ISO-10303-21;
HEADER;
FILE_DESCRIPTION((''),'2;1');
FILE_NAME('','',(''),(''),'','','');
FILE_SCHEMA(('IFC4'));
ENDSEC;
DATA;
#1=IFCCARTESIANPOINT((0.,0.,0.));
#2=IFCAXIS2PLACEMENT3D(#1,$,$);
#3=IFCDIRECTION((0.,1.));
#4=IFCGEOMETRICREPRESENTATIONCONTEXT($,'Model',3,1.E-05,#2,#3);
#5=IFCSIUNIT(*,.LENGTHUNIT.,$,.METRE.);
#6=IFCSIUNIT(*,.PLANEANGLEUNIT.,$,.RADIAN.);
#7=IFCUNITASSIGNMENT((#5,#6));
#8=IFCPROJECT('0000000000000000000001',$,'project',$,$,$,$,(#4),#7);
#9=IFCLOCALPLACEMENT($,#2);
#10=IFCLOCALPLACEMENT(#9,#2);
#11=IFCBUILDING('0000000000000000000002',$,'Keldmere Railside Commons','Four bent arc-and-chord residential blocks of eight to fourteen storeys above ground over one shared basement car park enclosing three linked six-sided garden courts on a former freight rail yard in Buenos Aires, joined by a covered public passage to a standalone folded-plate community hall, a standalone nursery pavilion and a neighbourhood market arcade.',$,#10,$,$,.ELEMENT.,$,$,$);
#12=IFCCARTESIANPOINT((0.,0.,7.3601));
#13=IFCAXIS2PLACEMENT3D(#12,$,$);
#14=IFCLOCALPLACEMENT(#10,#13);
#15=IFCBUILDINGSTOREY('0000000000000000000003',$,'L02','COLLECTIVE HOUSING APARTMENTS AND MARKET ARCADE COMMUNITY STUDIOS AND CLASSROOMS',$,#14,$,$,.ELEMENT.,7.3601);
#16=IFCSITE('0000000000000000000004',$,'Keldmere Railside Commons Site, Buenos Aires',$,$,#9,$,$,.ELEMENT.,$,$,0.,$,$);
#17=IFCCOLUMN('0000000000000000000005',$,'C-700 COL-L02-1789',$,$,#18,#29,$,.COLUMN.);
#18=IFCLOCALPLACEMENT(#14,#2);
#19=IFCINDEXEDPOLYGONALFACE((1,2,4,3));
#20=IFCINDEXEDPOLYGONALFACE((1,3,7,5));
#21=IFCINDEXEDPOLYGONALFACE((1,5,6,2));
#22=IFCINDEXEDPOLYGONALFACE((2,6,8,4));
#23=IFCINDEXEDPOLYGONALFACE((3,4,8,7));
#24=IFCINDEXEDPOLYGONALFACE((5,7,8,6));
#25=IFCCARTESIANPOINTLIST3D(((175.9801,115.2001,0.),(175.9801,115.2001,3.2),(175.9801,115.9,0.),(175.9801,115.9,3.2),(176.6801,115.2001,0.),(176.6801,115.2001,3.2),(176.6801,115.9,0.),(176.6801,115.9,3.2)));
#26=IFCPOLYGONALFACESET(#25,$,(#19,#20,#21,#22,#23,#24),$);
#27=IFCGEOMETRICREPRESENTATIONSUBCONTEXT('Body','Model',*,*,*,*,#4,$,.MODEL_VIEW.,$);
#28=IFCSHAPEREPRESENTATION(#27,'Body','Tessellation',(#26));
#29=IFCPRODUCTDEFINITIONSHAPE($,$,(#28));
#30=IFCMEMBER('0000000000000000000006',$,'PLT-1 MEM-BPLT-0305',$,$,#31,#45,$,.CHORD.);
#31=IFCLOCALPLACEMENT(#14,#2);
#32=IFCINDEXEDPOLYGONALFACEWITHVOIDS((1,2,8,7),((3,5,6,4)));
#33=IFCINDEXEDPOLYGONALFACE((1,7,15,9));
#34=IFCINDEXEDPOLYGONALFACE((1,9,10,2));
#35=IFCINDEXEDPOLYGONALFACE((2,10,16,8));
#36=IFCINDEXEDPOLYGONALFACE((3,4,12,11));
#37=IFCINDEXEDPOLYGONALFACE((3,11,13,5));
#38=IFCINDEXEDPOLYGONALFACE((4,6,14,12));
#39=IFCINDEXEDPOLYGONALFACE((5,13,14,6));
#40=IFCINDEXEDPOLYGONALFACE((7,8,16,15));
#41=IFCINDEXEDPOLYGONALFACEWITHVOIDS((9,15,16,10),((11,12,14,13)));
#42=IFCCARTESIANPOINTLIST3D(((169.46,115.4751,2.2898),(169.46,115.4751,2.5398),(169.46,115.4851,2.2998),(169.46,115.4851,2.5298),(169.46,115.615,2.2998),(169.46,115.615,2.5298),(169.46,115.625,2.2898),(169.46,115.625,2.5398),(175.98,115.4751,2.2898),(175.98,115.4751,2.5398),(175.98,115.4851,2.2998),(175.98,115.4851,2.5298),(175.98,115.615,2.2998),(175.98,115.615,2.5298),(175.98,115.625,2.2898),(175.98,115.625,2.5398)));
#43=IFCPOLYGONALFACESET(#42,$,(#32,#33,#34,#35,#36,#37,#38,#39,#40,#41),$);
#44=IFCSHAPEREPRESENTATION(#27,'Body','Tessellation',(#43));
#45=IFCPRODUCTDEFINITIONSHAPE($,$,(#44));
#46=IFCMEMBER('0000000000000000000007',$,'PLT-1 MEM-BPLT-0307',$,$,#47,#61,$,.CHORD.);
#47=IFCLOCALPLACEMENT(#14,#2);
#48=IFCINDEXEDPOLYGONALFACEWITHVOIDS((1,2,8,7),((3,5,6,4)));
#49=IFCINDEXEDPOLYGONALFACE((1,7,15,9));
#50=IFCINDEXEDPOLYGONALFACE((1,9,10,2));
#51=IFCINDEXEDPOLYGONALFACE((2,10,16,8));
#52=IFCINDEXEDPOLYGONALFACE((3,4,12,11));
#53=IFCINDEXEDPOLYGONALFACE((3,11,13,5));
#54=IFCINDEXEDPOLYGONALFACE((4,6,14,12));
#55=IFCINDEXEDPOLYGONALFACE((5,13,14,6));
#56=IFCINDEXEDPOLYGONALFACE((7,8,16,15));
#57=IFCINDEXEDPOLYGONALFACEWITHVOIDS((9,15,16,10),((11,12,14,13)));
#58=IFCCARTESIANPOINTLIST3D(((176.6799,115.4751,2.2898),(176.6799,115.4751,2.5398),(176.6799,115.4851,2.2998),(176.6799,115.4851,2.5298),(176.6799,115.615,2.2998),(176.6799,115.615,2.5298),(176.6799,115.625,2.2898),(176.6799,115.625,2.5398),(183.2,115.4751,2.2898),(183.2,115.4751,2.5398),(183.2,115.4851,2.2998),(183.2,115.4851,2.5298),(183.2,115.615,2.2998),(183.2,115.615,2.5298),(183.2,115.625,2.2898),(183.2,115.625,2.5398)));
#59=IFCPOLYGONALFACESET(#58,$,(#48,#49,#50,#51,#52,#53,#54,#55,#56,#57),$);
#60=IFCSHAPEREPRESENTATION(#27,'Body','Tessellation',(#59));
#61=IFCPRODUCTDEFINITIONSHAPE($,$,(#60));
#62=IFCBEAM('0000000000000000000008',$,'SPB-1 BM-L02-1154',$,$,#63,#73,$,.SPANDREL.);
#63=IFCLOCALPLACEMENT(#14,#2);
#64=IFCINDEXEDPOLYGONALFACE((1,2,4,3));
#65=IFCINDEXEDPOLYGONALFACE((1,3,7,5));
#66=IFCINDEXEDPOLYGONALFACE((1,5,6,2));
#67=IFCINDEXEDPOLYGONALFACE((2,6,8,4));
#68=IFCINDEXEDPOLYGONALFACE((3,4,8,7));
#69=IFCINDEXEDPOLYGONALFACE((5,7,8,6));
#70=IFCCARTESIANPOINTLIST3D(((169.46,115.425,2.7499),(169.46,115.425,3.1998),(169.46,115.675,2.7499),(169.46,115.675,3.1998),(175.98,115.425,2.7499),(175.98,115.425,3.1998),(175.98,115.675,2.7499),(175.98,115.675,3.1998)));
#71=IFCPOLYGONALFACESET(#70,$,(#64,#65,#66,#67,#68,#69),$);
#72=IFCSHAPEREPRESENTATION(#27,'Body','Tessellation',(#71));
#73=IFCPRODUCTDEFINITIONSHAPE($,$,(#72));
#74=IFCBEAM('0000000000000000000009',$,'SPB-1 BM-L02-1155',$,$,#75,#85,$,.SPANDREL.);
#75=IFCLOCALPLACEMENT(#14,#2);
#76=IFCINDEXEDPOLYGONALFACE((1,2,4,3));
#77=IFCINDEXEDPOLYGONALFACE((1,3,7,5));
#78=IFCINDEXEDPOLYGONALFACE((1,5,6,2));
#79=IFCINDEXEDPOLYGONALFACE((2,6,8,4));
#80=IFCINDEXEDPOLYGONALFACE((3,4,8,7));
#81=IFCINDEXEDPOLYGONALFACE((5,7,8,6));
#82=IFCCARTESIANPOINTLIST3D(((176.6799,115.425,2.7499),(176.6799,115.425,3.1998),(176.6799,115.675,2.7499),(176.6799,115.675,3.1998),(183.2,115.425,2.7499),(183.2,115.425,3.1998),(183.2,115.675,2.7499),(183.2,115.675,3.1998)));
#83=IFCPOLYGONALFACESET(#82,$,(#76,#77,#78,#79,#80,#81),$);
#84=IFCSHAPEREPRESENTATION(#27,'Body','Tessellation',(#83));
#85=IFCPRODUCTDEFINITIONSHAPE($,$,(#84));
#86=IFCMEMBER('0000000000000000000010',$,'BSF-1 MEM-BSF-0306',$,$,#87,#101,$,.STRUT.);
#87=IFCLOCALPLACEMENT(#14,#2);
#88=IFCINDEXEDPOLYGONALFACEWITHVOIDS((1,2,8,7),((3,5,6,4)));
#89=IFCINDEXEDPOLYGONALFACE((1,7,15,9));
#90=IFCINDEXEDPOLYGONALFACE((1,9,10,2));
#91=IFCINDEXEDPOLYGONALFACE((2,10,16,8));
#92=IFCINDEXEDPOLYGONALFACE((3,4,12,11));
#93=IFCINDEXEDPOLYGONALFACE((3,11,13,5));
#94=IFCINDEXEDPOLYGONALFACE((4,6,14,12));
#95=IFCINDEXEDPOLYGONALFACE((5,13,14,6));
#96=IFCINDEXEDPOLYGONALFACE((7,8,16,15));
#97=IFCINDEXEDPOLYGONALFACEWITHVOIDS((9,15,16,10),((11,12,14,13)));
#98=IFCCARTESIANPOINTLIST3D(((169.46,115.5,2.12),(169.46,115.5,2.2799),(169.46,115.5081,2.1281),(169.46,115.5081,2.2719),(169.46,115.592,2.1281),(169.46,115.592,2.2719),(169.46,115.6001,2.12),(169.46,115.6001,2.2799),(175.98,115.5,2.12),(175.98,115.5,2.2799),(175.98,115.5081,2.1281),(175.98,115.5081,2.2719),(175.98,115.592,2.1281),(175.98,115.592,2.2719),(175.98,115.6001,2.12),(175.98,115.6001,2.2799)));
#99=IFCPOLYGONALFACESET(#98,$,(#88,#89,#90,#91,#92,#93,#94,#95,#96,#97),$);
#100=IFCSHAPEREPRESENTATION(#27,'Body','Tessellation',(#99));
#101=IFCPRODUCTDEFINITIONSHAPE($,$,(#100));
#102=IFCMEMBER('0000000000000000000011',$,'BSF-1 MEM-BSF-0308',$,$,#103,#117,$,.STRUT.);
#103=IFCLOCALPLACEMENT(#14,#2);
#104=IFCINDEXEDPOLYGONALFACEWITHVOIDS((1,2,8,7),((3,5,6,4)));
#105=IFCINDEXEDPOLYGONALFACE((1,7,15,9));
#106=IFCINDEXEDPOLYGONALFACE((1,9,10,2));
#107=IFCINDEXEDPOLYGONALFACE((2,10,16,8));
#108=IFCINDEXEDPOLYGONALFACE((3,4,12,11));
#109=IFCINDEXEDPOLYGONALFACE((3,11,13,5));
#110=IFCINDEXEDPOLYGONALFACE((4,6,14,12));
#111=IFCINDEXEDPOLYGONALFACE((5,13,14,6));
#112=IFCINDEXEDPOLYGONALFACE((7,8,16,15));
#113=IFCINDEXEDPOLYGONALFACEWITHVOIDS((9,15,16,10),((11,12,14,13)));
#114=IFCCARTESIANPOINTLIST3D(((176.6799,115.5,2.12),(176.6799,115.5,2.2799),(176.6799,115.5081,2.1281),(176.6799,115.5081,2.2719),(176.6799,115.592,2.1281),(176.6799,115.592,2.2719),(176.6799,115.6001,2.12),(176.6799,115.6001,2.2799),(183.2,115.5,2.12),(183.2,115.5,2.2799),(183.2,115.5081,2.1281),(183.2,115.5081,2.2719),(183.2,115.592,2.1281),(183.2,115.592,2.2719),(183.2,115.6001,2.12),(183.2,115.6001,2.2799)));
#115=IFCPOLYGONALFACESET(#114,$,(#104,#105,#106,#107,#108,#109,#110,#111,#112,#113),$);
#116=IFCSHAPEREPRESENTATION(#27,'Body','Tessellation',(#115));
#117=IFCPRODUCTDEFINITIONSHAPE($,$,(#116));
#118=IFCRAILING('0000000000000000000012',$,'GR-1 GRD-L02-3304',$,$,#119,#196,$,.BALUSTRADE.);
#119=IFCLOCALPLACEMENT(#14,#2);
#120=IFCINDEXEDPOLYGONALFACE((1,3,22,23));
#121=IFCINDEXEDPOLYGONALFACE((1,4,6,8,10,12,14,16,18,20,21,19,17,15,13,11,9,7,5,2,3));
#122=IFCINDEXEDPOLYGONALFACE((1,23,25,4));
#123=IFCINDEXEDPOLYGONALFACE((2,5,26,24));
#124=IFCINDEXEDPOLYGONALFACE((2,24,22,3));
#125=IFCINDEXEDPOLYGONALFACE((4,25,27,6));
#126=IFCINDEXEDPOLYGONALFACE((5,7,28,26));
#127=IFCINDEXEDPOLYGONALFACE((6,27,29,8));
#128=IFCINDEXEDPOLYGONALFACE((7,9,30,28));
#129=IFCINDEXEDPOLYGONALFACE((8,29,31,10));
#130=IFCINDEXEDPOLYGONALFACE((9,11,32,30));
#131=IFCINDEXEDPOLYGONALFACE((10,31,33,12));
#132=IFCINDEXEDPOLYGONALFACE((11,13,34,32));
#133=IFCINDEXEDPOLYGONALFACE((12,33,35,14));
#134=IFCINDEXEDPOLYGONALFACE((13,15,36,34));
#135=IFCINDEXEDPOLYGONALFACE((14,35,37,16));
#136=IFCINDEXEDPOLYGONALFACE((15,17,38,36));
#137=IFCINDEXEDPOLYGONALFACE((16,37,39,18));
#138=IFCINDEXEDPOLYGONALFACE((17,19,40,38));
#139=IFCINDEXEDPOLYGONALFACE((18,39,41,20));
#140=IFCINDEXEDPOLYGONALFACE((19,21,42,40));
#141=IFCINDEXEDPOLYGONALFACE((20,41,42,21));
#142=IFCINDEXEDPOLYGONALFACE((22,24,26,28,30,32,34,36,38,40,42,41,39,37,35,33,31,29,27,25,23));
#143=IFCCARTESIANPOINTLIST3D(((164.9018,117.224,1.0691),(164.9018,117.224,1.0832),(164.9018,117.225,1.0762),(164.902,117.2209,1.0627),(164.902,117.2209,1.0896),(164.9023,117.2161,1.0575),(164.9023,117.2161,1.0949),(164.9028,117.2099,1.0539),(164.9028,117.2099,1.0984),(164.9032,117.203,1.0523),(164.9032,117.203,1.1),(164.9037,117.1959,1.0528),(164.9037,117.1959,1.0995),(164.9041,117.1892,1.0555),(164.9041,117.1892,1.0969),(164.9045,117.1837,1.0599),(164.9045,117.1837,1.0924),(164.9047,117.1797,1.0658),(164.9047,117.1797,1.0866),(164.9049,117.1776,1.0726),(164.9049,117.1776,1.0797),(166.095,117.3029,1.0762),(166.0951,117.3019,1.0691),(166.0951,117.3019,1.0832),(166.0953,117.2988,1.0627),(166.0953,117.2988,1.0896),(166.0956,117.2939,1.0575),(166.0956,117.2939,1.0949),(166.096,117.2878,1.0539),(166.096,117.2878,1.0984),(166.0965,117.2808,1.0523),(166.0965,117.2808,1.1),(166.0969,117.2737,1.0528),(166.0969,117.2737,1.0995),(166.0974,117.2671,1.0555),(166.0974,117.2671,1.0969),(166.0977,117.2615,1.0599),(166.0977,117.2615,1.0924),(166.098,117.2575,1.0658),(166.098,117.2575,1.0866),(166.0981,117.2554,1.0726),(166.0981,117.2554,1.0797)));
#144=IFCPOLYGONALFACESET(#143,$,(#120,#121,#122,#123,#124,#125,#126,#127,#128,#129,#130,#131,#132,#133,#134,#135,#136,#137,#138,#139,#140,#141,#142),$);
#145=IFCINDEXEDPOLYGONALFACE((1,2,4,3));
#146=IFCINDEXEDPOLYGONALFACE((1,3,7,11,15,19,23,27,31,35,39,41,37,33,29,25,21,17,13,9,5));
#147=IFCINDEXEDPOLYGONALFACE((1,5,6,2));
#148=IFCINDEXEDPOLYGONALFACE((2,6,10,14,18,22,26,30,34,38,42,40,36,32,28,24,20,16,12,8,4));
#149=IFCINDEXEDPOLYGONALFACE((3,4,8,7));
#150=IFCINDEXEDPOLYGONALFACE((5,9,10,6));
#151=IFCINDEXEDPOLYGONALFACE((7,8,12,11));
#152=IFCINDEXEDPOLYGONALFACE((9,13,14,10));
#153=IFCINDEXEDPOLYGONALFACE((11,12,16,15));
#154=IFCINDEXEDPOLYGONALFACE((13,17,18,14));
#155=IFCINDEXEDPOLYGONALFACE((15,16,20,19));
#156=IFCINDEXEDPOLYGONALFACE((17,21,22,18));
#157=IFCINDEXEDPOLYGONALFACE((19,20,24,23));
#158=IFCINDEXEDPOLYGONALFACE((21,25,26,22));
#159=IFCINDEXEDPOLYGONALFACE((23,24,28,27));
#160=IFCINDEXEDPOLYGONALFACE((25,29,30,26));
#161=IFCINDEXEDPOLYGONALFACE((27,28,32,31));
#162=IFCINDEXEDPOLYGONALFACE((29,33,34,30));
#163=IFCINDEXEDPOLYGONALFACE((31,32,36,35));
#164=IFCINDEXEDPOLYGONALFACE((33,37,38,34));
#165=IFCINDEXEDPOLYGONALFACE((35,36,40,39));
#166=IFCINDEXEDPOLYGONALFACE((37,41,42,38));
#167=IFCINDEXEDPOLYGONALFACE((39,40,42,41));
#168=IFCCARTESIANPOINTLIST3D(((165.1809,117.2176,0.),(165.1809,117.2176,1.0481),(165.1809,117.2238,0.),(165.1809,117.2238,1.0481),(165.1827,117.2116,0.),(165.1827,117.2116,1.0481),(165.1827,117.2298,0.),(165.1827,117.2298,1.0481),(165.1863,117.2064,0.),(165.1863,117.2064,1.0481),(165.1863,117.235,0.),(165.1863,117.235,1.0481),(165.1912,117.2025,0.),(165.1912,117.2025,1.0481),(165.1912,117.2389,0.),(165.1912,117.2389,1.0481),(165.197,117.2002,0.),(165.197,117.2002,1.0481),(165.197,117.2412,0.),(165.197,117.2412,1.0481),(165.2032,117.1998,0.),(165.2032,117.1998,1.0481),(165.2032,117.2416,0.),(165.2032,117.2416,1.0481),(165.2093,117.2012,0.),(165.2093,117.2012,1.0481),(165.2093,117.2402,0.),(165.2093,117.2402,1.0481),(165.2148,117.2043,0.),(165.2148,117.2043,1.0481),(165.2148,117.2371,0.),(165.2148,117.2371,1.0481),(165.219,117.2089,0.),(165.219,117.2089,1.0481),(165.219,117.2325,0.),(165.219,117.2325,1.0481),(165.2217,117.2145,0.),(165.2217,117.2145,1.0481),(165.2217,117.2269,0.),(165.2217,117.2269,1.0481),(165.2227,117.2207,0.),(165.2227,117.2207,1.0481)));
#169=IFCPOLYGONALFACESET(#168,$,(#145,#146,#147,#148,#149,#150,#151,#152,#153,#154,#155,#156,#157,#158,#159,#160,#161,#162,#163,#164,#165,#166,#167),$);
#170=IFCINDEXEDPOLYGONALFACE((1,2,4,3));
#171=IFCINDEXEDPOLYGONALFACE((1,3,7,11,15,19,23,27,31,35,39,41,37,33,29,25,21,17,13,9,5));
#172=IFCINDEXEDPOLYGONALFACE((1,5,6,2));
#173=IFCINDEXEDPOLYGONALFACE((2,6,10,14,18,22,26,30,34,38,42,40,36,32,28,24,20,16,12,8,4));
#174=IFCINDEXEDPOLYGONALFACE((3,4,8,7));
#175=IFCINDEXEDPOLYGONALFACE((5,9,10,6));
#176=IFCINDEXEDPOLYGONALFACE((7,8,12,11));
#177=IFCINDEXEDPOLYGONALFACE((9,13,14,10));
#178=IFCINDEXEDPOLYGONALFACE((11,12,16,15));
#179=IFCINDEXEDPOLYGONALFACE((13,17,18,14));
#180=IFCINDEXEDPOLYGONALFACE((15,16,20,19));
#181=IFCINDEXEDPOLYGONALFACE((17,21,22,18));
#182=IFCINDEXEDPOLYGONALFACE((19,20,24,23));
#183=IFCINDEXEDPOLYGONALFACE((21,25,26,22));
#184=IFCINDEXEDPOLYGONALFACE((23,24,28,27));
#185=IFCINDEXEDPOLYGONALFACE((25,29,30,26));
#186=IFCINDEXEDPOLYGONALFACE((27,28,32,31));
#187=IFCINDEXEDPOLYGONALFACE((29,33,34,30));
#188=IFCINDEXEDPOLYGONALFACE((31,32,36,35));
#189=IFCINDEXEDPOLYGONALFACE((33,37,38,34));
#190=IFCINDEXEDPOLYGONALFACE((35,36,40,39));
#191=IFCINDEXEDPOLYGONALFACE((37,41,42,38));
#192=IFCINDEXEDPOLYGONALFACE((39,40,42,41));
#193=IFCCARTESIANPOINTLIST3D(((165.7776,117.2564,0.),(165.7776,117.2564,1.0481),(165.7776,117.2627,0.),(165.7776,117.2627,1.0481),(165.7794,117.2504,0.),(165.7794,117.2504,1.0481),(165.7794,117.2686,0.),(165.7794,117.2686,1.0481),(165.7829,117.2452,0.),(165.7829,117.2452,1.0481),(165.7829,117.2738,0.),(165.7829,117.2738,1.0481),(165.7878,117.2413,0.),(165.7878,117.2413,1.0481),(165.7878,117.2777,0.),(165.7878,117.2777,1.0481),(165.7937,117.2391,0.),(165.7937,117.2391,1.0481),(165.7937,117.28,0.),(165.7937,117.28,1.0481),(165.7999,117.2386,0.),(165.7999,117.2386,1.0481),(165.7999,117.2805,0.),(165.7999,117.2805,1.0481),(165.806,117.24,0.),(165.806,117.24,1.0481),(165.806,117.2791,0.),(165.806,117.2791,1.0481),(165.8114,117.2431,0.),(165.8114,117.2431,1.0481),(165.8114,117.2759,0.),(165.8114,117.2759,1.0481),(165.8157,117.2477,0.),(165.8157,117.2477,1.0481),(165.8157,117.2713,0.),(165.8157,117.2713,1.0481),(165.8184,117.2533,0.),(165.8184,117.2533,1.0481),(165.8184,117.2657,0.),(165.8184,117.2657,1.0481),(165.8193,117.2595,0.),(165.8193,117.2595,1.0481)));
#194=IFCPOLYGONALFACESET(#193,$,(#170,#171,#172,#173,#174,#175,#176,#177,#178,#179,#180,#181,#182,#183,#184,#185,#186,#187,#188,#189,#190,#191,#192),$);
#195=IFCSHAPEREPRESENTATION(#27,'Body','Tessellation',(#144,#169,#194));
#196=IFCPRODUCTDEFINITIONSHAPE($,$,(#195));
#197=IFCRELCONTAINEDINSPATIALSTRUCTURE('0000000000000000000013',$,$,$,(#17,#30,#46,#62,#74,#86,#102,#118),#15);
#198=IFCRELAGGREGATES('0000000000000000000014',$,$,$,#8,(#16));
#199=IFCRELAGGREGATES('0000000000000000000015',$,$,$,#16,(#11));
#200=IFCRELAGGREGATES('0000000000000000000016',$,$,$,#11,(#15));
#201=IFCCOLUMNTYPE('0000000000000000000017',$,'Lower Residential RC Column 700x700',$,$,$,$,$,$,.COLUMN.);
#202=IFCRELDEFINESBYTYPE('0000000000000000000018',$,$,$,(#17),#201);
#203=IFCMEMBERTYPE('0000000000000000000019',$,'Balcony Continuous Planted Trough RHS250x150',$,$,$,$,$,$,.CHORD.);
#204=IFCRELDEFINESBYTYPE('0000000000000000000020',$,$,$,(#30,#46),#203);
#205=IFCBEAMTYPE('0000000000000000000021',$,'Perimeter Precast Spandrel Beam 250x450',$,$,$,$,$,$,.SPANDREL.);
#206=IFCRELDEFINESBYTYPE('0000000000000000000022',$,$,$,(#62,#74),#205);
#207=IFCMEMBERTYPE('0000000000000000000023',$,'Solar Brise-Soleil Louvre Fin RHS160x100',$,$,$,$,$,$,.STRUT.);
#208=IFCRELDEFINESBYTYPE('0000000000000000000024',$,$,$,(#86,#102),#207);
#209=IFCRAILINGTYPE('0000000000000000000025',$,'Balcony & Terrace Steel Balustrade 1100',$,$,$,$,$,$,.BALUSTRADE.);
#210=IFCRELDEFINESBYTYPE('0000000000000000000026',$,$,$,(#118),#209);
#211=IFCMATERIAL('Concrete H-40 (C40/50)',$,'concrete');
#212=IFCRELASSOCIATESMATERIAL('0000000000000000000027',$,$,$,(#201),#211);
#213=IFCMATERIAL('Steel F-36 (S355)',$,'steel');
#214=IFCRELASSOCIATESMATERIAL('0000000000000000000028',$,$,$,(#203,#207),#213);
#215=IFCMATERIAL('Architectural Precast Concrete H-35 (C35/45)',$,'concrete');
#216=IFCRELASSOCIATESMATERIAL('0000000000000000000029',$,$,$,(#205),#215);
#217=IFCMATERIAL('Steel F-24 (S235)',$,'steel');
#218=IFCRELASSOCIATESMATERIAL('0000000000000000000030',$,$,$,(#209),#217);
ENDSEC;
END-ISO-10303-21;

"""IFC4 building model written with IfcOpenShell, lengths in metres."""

from ifc_helpers import new_model, si_unit, direction, frame, origin, origin_2d, place, context, subcontext, project, spatial, rectangle, hollow_rectangle, circle, extrude, material, material_profile, profile_set, type_object, element, save


model = new_model("IFC4")

# Units and contexts
model_context = context("Model", 3, precision=1e-05, world=origin(), true_north=direction((0.0, 1.0)))
body_context = subcontext(model_context, "Body", "Model", "MODEL_VIEW")
ifc_project = project(units=[si_unit("LENGTHUNIT", "METRE"), si_unit("PLANEANGLEUNIT", "RADIAN")], contexts=[model_context])

# Site, building, storey
site_placement = place(None, origin())
site = spatial("IfcSite", under=ifc_project, at=site_placement, Name="Keldmere Railside Commons Site, Buenos Aires", CompositionType="ELEMENT", RefElevation=0.0)
building_placement = place(site_placement, origin())
building = spatial("IfcBuilding", under=site, at=building_placement, Name="Keldmere Railside Commons", Description="Four bent arc-and-chord residential blocks of eight to fourteen storeys above ground over one shared basement car park enclosing three linked six-sided garden courts on a former freight rail yard in Buenos Aires, joined by a covered public passage to a standalone folded-plate community hall, a standalone nursery pavilion and a neighbourhood market arcade.", CompositionType="ELEMENT")
storey_placement = place(building_placement, frame((0.0, 0.0, 7.3601)))
storey = spatial("IfcBuildingStorey", under=building, at=storey_placement, Name="L02", Description="COLLECTIVE HOUSING APARTMENTS AND MARKET ARCADE COMMUNITY STUDIOS AND CLASSROOMS", CompositionType="ELEMENT", Elevation=7.3601)

# Column
ifc_material_1 = material(Name="Concrete H-40 (C40/50)", Category="concrete")
ifc_material_profile_1 = material_profile(ifc_material_1, rectangle(XDim=0.7, YDim=0.7, at=origin_2d()), Name="RC-700x700")
ifc_profile_set_1 = profile_set([ifc_material_profile_1], Name="Concrete H-40 (C40/50)")
column_type = type_object("IfcColumnType", Name="Lower Residential RC Column 700x700", PredefinedType="COLUMN", material=ifc_profile_set_1)
column_placement = place(storey_placement, frame((176.3301, 115.55, 0.0), z_axis=(0.0, 0.0, 1.0), x_axis=(1.0, 0.0, 0.0)))
element("IfcColumn", 1, at=column_placement, inside=storey, type_object=column_type, Name="C-700 COL-L02-1789", PredefinedType="COLUMN", context=body_context, shape_type="SweptSolid", body=[
    extrude(rectangle(XDim=0.7, YDim=0.7, at=origin_2d()), origin(), (0.0, 0.0, 1.0), 3.2),
])

# Members
ifc_material_2 = material(Name="Steel F-36 (S355)", Category="steel")
ifc_material_profile_2 = material_profile(ifc_material_2, hollow_rectangle(XDim=0.1499, YDim=0.25, WallThickness=0.01, at=origin_2d()), Name="RHS-250x150x10")
ifc_profile_set_2 = profile_set([ifc_material_profile_2], Name="Steel F-36 (S355)")
member_type_1 = type_object("IfcMemberType", Name="Balcony Continuous Planted Trough RHS250x150", PredefinedType="CHORD", material=ifc_profile_set_2)
for number, where, z_axis, x_axis, name in (
    (2, (169.46, 115.55, 2.4148), (1.0, 0.0, 0.0), (0.0, 1.0, 0.0), "PLT-1 MEM-BPLT-0305"),
    (3, (176.6799, 115.55, 2.4148), (1.0, 0.0, 0.0), (0.0, 1.0, 0.0), "PLT-1 MEM-BPLT-0307"),
):
    element("IfcMember", number, at=place(storey_placement, frame(where, z_axis=z_axis, x_axis=x_axis)), inside=storey, type_object=member_type_1, Name=name, PredefinedType="CHORD", context=body_context, shape_type="SweptSolid", body=[
        extrude(hollow_rectangle(XDim=0.1499, YDim=0.25, WallThickness=0.01, at=origin_2d()), origin(), (0.0, 0.0, 1.0), 6.52),
    ])

# Beams
ifc_material_3 = material(Name="Architectural Precast Concrete H-35 (C35/45)", Category="concrete")
ifc_material_profile_3 = material_profile(ifc_material_3, rectangle(XDim=0.25, YDim=0.45, at=origin_2d()), Name="RC-250x450")
ifc_profile_set_3 = profile_set([ifc_material_profile_3], Name="Architectural Precast Concrete H-35 (C35/45)")
beam_type = type_object("IfcBeamType", Name="Perimeter Precast Spandrel Beam 250x450", PredefinedType="SPANDREL", material=ifc_profile_set_3)
for number, where, z_axis, x_axis, name in (
    (4, (169.46, 115.55, 2.9749), (1.0, 0.0, 0.0), (0.0, 1.0, 0.0), "SPB-1 BM-L02-1154"),
    (5, (176.6799, 115.55, 2.9749), (1.0, 0.0, 0.0), (0.0, 1.0, 0.0), "SPB-1 BM-L02-1155"),
):
    element("IfcBeam", number, at=place(storey_placement, frame(where, z_axis=z_axis, x_axis=x_axis)), inside=storey, type_object=beam_type, Name=name, PredefinedType="SPANDREL", context=body_context, shape_type="SweptSolid", body=[
        extrude(rectangle(XDim=0.25, YDim=0.45, at=origin_2d()), origin(), (0.0, 0.0, 1.0), 6.52),
    ])

# Members
ifc_material_profile_4 = material_profile(ifc_material_2, hollow_rectangle(XDim=0.1001, YDim=0.1599, WallThickness=0.0081, at=origin_2d()), Name="RHS-160x100x8")
ifc_profile_set_4 = profile_set([ifc_material_profile_4], Name="Steel F-36 (S355)")
member_type_2 = type_object("IfcMemberType", Name="Solar Brise-Soleil Louvre Fin RHS160x100", PredefinedType="STRUT", material=ifc_profile_set_4)
for number, where, z_axis, x_axis, name in (
    (6, (169.46, 115.55, 2.2), (1.0, 0.0, 0.0), (0.0, 1.0, 0.0), "BSF-1 MEM-BSF-0306"),
    (7, (176.6799, 115.55, 2.2), (1.0, 0.0, 0.0), (0.0, 1.0, 0.0), "BSF-1 MEM-BSF-0308"),
):
    element("IfcMember", number, at=place(storey_placement, frame(where, z_axis=z_axis, x_axis=x_axis)), inside=storey, type_object=member_type_2, Name=name, PredefinedType="STRUT", context=body_context, shape_type="SweptSolid", body=[
        extrude(hollow_rectangle(XDim=0.1001, YDim=0.1599, WallThickness=0.0081, at=origin_2d()), origin(), (0.0, 0.0, 1.0), 6.52),
    ])

# Railing
ifc_material_4 = material(Name="Steel F-24 (S235)", Category="steel")
railing_type = type_object("IfcRailingType", Name="Balcony & Terrace Steel Balustrade 1100", PredefinedType="BALUSTRADE", material=ifc_material_4)
railing_1_placement = place(storey_placement, frame((164.9033, 117.2012, 0.0)))
element("IfcRailing", 8, at=railing_1_placement, inside=storey, type_object=railing_type, Name="GR-1 GRD-L02-3304", PredefinedType="BALUSTRADE", context=body_context, shape_type="SweptSolid", body=[
    extrude(circle(Radius=0.0239, at=origin_2d()), frame((0.0, 0.0, 1.0762), z_axis=(0.997877, 0.065123, 0.0), x_axis=(-0.065123, 0.997877, 0.0)), (0.0, 0.0, 1.0), 1.1958),
    extrude(circle(Radius=0.021, at=origin_2d()), frame((0.2983, 0.0195, 0.0)), (0.0, 0.0, 1.0), 1.0481),
    extrude(circle(Radius=0.021, at=origin_2d()), frame((0.895, 0.0583, 0.0)), (0.0, 0.0, 1.0), 1.0481),
])

save(model, "model.ifc")
